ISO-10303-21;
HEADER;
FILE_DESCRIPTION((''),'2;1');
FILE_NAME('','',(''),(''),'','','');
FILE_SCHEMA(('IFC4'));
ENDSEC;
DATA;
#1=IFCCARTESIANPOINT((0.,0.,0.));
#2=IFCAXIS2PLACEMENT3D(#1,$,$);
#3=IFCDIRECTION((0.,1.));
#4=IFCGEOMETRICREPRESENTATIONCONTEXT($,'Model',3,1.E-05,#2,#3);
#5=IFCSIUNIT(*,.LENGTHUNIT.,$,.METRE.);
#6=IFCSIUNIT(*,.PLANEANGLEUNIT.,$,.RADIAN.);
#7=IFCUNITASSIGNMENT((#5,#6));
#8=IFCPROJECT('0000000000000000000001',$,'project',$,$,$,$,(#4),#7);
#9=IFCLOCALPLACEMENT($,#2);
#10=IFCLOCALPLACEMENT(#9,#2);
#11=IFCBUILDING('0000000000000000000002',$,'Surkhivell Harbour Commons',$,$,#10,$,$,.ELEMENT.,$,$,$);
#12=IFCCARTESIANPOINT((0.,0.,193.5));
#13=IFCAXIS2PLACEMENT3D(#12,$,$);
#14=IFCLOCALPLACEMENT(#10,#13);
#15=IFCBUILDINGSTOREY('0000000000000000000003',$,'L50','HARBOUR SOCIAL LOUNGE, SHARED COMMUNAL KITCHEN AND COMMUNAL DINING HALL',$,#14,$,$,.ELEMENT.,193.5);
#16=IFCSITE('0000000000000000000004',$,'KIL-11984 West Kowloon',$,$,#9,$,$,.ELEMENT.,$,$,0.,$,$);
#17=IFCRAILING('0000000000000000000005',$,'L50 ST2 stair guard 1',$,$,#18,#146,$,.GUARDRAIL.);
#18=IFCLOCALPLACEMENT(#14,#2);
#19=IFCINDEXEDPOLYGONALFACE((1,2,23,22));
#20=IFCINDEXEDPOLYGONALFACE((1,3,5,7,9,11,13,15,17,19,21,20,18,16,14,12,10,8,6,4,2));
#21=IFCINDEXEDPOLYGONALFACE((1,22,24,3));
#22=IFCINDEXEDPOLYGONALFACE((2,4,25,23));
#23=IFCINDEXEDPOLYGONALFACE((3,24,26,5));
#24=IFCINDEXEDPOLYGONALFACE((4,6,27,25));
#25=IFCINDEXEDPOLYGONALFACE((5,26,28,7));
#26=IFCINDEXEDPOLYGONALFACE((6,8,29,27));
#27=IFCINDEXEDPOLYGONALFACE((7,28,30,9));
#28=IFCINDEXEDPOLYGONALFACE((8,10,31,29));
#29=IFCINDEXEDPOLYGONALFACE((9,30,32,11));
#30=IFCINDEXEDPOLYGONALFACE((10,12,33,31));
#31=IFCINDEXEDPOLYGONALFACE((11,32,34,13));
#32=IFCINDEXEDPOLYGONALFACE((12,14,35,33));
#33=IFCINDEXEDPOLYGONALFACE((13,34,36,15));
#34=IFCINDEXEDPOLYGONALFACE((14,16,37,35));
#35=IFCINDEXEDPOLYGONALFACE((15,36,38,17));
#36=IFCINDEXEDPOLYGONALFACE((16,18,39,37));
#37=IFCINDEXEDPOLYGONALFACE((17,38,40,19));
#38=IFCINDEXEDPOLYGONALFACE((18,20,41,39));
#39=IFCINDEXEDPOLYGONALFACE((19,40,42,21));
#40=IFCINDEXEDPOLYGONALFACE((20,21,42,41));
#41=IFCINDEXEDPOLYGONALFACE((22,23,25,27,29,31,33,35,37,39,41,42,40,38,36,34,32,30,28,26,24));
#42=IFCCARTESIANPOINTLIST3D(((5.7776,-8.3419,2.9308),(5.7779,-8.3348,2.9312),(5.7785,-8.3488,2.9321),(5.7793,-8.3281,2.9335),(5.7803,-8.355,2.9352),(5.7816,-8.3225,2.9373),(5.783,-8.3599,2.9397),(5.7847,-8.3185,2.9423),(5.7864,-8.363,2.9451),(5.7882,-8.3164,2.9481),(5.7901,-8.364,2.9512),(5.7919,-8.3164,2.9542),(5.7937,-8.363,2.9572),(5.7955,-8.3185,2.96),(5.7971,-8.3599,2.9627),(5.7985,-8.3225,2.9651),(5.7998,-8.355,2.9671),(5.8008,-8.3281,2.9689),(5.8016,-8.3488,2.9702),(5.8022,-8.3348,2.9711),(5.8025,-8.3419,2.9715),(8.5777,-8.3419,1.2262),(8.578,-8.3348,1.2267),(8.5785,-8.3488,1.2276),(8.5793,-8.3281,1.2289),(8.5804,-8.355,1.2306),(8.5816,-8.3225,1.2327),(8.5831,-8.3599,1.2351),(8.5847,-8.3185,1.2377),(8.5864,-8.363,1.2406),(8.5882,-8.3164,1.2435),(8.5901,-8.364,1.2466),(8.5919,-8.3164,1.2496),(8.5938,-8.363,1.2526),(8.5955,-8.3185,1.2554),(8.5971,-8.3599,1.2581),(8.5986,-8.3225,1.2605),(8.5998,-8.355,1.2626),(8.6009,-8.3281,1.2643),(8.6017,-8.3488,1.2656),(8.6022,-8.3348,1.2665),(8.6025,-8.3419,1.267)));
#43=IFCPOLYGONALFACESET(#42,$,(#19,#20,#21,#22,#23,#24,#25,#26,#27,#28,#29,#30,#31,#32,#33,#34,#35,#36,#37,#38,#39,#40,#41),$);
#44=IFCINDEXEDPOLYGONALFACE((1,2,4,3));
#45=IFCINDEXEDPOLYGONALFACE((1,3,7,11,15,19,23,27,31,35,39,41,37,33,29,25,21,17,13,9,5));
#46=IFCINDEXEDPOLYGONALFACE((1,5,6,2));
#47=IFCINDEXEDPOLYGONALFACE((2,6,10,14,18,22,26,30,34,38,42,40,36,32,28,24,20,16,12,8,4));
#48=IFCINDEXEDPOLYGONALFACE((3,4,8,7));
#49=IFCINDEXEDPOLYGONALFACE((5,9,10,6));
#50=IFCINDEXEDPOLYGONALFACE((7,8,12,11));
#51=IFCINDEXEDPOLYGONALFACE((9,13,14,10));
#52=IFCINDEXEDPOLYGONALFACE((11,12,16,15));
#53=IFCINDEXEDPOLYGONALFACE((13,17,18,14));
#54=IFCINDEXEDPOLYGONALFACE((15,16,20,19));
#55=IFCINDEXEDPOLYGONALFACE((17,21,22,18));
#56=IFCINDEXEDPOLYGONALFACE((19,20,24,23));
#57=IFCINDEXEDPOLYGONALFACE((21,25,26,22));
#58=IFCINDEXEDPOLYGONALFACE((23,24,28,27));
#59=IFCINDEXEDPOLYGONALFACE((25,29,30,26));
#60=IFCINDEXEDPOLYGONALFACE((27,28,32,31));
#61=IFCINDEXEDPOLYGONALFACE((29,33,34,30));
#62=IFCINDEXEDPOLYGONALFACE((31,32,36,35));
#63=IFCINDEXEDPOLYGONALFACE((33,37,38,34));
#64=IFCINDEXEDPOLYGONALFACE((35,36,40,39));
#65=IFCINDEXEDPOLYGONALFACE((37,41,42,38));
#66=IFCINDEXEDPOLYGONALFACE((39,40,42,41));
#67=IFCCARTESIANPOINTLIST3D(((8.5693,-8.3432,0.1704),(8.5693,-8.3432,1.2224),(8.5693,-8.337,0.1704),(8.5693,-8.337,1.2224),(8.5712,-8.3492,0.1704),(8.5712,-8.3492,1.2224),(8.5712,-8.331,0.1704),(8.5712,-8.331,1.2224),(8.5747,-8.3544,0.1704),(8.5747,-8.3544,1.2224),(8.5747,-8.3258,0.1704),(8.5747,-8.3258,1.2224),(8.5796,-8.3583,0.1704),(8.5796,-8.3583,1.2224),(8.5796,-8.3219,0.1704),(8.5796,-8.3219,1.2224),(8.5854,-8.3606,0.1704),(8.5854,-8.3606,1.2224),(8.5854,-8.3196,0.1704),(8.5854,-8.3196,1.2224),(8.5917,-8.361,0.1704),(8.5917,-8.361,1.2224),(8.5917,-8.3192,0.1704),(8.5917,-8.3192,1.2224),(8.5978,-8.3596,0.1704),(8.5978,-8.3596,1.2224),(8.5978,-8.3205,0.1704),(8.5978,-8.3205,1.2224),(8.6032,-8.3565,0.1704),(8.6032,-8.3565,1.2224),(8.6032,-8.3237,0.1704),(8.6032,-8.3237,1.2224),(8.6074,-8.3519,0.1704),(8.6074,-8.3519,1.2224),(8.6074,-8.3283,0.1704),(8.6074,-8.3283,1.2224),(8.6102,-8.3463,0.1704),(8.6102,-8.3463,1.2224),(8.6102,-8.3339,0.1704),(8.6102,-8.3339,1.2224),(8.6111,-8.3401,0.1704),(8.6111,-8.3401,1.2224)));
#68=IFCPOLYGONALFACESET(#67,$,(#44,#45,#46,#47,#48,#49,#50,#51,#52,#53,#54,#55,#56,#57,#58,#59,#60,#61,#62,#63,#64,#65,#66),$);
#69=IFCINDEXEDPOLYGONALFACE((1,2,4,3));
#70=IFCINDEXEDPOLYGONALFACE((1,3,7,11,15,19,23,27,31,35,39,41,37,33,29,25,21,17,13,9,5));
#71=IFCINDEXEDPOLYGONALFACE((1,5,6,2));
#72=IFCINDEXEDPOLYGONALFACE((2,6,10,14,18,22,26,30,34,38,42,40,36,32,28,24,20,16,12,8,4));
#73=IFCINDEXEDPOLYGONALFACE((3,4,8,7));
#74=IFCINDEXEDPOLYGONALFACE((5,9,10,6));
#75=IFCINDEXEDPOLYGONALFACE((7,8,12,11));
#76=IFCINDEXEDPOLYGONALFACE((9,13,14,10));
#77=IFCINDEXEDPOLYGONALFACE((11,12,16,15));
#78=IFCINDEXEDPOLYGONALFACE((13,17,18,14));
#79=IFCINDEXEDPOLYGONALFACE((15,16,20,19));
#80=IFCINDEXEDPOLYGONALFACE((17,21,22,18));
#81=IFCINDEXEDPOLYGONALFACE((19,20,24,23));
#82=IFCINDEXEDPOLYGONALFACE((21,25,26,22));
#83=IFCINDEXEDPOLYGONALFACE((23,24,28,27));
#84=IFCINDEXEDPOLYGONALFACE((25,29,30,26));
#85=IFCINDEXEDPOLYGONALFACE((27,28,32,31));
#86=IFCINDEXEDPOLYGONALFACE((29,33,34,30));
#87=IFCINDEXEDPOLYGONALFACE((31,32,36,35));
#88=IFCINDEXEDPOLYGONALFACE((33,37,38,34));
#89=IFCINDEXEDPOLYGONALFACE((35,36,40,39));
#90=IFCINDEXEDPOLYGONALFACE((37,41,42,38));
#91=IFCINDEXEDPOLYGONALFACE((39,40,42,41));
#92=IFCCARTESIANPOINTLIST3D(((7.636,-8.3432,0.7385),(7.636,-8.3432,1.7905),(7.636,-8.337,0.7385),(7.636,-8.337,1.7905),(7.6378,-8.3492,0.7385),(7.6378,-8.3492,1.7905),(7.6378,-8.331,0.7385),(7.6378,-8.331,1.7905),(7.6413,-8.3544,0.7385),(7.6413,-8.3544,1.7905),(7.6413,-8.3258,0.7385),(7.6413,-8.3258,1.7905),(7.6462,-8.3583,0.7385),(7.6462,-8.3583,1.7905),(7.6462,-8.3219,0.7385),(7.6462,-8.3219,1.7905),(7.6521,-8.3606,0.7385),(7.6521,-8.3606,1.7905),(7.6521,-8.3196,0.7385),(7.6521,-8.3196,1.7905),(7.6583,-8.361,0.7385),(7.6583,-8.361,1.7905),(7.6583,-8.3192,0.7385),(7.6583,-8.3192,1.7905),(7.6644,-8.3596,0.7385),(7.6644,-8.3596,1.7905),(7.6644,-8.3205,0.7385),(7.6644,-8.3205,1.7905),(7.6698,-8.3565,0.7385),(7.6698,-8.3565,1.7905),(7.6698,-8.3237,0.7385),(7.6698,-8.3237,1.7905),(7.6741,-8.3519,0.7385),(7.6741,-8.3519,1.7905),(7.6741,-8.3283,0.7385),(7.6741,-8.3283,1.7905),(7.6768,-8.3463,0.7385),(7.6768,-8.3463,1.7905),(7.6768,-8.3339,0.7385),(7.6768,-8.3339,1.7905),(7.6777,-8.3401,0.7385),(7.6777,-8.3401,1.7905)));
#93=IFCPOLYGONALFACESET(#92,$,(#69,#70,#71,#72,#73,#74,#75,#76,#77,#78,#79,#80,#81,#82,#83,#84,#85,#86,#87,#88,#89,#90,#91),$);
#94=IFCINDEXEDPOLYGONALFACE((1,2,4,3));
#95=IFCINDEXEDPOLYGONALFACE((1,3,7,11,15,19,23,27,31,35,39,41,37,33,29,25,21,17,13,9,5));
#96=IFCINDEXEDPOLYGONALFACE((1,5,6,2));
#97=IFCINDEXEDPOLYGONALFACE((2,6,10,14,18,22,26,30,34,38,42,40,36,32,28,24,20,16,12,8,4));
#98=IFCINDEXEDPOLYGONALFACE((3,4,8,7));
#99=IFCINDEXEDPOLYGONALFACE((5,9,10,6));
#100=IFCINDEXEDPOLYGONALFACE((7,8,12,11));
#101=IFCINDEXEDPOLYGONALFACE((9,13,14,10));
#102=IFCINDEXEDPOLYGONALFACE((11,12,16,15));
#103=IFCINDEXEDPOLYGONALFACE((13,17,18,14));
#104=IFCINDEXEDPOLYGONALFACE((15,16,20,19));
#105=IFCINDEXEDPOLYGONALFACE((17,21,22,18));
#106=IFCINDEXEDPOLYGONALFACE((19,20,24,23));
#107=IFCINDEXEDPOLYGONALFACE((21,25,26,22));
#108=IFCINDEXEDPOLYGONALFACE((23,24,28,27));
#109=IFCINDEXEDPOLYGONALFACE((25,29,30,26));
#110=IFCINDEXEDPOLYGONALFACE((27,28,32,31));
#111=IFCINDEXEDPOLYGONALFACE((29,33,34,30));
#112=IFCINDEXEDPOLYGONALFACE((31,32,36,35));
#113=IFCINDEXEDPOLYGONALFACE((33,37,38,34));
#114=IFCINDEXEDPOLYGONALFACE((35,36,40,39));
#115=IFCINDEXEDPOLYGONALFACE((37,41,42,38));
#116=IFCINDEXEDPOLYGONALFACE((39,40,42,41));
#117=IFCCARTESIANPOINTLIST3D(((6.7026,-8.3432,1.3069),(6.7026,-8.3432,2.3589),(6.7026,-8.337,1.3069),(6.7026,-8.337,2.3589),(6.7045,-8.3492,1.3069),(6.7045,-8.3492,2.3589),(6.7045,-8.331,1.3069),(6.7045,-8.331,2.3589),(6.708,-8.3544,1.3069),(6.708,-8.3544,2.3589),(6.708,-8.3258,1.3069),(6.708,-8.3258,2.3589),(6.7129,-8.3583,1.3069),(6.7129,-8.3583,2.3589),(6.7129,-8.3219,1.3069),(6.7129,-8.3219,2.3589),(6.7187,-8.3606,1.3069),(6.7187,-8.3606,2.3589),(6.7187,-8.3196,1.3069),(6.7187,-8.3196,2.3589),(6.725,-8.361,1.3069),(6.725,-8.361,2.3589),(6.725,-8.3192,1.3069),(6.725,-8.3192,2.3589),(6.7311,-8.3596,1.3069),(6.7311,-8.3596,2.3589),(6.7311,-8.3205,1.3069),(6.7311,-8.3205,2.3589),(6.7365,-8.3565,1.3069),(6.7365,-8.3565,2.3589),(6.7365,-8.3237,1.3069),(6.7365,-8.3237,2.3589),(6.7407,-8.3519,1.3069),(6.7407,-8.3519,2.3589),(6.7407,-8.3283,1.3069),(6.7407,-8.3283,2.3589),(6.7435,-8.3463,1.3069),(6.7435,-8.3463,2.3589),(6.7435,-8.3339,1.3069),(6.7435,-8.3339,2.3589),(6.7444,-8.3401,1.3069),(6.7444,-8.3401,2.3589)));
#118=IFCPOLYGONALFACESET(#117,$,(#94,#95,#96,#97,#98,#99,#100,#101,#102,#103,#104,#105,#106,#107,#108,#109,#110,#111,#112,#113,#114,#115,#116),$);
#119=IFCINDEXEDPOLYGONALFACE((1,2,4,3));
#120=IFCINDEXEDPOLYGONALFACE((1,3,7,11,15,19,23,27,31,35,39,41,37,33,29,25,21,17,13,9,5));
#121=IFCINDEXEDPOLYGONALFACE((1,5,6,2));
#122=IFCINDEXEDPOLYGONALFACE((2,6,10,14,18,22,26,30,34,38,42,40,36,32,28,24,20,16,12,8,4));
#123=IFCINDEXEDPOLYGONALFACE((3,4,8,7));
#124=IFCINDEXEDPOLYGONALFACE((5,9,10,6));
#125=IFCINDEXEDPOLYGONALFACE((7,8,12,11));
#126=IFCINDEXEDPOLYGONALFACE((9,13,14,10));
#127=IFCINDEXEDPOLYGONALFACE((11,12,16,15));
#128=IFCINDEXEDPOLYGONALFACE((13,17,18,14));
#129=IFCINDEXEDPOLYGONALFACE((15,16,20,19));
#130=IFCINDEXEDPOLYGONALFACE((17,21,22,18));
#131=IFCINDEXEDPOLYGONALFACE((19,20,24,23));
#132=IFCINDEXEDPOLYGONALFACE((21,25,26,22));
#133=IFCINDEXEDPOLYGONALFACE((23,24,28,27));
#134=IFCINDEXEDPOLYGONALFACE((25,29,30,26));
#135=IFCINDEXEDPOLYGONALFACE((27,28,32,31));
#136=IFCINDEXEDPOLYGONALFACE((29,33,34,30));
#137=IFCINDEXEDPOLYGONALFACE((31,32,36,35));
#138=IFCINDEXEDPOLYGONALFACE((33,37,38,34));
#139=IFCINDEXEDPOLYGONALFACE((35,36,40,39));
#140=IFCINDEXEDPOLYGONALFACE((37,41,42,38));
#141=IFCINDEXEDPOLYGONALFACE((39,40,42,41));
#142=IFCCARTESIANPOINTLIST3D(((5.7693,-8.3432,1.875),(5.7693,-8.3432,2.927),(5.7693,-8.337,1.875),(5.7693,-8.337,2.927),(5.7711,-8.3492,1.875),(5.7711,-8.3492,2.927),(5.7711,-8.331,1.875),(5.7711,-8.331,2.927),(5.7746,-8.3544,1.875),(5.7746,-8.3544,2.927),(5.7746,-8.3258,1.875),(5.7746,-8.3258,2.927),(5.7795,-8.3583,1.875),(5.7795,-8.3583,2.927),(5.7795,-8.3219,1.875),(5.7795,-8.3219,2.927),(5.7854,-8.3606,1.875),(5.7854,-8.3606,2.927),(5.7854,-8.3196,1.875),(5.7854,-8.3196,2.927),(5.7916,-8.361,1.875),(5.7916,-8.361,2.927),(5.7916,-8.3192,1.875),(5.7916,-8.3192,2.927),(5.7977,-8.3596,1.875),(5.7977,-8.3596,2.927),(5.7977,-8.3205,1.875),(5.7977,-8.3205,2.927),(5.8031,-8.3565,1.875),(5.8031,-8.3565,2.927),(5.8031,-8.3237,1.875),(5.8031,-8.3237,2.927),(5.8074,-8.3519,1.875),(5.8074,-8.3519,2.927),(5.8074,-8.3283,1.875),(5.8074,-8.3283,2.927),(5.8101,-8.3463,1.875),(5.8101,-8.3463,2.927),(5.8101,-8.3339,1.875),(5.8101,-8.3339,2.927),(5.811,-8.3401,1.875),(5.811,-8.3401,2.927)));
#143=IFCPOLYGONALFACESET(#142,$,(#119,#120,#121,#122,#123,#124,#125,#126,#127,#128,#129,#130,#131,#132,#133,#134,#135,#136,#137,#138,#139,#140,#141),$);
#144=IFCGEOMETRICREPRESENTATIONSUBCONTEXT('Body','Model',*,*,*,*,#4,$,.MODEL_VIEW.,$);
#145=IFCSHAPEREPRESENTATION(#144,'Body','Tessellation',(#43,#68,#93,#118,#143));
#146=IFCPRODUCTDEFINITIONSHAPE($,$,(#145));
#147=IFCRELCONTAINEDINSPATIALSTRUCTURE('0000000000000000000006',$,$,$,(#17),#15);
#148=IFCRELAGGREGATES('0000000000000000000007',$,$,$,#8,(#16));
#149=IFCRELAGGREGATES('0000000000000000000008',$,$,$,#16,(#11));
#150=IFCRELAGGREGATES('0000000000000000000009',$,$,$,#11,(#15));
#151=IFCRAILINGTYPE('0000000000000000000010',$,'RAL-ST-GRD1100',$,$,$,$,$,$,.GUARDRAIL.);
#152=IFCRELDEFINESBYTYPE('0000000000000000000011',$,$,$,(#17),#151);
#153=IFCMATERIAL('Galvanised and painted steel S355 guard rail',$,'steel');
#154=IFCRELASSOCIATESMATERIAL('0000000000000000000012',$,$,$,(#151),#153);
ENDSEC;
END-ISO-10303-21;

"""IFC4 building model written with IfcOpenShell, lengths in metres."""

from ifc_helpers import new_model, si_unit, direction, frame, origin, origin_2d, place, context, subcontext, project, spatial, circle, extrude, material, type_object, element, save


model = new_model("IFC4")

# Units and contexts
model_context = context("Model", 3, precision=1e-05, world=origin(), true_north=direction((0.0, 1.0)))
body_context = subcontext(model_context, "Body", "Model", "MODEL_VIEW")
ifc_project = project(units=[si_unit("LENGTHUNIT", "METRE"), si_unit("PLANEANGLEUNIT", "RADIAN")], contexts=[model_context])

# Site, building, storey
site_placement = place(None, origin())
site = spatial("IfcSite", under=ifc_project, at=site_placement, Name="KIL-11984 West Kowloon", CompositionType="ELEMENT", RefElevation=0.0)
building_placement = place(site_placement, origin())
building = spatial("IfcBuilding", under=site, at=building_placement, Name="Surkhivell Harbour Commons", CompositionType="ELEMENT")
storey_placement = place(building_placement, frame((0.0, 0.0, 193.5)))
storey = spatial("IfcBuildingStorey", under=building, at=storey_placement, Name="L50", Description="HARBOUR SOCIAL LOUNGE, SHARED COMMUNAL KITCHEN AND COMMUNAL DINING HALL", CompositionType="ELEMENT", Elevation=193.5)

# Railing
ifc_material_1 = material(Name="Galvanised and painted steel S355 guard rail", Category="steel")
railing_type_1 = type_object("IfcRailingType", Name="RAL-ST-GRD1100", PredefinedType="GUARDRAIL", material=ifc_material_1)
railing_1_placement = place(storey_placement, frame((8.5901, -8.3401, 0.1704)))
element("IfcRailing", 1, at=railing_1_placement, inside=storey, type_object=railing_type_1, Name="L50 ST2 stair guard 1", PredefinedType="GUARDRAIL", context=body_context, shape_type="SweptSolid", body=[
    extrude(circle(Radius=0.0239, at=origin_2d()), frame((0.0, 0.0, 1.0762), z_axis=(-0.85417, 0.0, 0.519994), x_axis=(0.0, -1.0, 0.0)), (0.0, 0.0, 1.0), 3.2781),
    extrude(circle(Radius=0.021, at=origin_2d()), origin(), (0.0, 0.0, 1.0), 1.052),
    extrude(circle(Radius=0.021, at=origin_2d()), frame((-0.9333, 0.0, 0.5681)), (0.0, 0.0, 1.0), 1.052),
    extrude(circle(Radius=0.021, at=origin_2d()), frame((-1.8667, 0.0, 1.1365)), (0.0, 0.0, 1.0), 1.052),
    extrude(circle(Radius=0.021, at=origin_2d()), frame((-2.8, 0.0, 1.7046)), (0.0, 0.0, 1.0), 1.052),
])

save(model, "model.ifc")
